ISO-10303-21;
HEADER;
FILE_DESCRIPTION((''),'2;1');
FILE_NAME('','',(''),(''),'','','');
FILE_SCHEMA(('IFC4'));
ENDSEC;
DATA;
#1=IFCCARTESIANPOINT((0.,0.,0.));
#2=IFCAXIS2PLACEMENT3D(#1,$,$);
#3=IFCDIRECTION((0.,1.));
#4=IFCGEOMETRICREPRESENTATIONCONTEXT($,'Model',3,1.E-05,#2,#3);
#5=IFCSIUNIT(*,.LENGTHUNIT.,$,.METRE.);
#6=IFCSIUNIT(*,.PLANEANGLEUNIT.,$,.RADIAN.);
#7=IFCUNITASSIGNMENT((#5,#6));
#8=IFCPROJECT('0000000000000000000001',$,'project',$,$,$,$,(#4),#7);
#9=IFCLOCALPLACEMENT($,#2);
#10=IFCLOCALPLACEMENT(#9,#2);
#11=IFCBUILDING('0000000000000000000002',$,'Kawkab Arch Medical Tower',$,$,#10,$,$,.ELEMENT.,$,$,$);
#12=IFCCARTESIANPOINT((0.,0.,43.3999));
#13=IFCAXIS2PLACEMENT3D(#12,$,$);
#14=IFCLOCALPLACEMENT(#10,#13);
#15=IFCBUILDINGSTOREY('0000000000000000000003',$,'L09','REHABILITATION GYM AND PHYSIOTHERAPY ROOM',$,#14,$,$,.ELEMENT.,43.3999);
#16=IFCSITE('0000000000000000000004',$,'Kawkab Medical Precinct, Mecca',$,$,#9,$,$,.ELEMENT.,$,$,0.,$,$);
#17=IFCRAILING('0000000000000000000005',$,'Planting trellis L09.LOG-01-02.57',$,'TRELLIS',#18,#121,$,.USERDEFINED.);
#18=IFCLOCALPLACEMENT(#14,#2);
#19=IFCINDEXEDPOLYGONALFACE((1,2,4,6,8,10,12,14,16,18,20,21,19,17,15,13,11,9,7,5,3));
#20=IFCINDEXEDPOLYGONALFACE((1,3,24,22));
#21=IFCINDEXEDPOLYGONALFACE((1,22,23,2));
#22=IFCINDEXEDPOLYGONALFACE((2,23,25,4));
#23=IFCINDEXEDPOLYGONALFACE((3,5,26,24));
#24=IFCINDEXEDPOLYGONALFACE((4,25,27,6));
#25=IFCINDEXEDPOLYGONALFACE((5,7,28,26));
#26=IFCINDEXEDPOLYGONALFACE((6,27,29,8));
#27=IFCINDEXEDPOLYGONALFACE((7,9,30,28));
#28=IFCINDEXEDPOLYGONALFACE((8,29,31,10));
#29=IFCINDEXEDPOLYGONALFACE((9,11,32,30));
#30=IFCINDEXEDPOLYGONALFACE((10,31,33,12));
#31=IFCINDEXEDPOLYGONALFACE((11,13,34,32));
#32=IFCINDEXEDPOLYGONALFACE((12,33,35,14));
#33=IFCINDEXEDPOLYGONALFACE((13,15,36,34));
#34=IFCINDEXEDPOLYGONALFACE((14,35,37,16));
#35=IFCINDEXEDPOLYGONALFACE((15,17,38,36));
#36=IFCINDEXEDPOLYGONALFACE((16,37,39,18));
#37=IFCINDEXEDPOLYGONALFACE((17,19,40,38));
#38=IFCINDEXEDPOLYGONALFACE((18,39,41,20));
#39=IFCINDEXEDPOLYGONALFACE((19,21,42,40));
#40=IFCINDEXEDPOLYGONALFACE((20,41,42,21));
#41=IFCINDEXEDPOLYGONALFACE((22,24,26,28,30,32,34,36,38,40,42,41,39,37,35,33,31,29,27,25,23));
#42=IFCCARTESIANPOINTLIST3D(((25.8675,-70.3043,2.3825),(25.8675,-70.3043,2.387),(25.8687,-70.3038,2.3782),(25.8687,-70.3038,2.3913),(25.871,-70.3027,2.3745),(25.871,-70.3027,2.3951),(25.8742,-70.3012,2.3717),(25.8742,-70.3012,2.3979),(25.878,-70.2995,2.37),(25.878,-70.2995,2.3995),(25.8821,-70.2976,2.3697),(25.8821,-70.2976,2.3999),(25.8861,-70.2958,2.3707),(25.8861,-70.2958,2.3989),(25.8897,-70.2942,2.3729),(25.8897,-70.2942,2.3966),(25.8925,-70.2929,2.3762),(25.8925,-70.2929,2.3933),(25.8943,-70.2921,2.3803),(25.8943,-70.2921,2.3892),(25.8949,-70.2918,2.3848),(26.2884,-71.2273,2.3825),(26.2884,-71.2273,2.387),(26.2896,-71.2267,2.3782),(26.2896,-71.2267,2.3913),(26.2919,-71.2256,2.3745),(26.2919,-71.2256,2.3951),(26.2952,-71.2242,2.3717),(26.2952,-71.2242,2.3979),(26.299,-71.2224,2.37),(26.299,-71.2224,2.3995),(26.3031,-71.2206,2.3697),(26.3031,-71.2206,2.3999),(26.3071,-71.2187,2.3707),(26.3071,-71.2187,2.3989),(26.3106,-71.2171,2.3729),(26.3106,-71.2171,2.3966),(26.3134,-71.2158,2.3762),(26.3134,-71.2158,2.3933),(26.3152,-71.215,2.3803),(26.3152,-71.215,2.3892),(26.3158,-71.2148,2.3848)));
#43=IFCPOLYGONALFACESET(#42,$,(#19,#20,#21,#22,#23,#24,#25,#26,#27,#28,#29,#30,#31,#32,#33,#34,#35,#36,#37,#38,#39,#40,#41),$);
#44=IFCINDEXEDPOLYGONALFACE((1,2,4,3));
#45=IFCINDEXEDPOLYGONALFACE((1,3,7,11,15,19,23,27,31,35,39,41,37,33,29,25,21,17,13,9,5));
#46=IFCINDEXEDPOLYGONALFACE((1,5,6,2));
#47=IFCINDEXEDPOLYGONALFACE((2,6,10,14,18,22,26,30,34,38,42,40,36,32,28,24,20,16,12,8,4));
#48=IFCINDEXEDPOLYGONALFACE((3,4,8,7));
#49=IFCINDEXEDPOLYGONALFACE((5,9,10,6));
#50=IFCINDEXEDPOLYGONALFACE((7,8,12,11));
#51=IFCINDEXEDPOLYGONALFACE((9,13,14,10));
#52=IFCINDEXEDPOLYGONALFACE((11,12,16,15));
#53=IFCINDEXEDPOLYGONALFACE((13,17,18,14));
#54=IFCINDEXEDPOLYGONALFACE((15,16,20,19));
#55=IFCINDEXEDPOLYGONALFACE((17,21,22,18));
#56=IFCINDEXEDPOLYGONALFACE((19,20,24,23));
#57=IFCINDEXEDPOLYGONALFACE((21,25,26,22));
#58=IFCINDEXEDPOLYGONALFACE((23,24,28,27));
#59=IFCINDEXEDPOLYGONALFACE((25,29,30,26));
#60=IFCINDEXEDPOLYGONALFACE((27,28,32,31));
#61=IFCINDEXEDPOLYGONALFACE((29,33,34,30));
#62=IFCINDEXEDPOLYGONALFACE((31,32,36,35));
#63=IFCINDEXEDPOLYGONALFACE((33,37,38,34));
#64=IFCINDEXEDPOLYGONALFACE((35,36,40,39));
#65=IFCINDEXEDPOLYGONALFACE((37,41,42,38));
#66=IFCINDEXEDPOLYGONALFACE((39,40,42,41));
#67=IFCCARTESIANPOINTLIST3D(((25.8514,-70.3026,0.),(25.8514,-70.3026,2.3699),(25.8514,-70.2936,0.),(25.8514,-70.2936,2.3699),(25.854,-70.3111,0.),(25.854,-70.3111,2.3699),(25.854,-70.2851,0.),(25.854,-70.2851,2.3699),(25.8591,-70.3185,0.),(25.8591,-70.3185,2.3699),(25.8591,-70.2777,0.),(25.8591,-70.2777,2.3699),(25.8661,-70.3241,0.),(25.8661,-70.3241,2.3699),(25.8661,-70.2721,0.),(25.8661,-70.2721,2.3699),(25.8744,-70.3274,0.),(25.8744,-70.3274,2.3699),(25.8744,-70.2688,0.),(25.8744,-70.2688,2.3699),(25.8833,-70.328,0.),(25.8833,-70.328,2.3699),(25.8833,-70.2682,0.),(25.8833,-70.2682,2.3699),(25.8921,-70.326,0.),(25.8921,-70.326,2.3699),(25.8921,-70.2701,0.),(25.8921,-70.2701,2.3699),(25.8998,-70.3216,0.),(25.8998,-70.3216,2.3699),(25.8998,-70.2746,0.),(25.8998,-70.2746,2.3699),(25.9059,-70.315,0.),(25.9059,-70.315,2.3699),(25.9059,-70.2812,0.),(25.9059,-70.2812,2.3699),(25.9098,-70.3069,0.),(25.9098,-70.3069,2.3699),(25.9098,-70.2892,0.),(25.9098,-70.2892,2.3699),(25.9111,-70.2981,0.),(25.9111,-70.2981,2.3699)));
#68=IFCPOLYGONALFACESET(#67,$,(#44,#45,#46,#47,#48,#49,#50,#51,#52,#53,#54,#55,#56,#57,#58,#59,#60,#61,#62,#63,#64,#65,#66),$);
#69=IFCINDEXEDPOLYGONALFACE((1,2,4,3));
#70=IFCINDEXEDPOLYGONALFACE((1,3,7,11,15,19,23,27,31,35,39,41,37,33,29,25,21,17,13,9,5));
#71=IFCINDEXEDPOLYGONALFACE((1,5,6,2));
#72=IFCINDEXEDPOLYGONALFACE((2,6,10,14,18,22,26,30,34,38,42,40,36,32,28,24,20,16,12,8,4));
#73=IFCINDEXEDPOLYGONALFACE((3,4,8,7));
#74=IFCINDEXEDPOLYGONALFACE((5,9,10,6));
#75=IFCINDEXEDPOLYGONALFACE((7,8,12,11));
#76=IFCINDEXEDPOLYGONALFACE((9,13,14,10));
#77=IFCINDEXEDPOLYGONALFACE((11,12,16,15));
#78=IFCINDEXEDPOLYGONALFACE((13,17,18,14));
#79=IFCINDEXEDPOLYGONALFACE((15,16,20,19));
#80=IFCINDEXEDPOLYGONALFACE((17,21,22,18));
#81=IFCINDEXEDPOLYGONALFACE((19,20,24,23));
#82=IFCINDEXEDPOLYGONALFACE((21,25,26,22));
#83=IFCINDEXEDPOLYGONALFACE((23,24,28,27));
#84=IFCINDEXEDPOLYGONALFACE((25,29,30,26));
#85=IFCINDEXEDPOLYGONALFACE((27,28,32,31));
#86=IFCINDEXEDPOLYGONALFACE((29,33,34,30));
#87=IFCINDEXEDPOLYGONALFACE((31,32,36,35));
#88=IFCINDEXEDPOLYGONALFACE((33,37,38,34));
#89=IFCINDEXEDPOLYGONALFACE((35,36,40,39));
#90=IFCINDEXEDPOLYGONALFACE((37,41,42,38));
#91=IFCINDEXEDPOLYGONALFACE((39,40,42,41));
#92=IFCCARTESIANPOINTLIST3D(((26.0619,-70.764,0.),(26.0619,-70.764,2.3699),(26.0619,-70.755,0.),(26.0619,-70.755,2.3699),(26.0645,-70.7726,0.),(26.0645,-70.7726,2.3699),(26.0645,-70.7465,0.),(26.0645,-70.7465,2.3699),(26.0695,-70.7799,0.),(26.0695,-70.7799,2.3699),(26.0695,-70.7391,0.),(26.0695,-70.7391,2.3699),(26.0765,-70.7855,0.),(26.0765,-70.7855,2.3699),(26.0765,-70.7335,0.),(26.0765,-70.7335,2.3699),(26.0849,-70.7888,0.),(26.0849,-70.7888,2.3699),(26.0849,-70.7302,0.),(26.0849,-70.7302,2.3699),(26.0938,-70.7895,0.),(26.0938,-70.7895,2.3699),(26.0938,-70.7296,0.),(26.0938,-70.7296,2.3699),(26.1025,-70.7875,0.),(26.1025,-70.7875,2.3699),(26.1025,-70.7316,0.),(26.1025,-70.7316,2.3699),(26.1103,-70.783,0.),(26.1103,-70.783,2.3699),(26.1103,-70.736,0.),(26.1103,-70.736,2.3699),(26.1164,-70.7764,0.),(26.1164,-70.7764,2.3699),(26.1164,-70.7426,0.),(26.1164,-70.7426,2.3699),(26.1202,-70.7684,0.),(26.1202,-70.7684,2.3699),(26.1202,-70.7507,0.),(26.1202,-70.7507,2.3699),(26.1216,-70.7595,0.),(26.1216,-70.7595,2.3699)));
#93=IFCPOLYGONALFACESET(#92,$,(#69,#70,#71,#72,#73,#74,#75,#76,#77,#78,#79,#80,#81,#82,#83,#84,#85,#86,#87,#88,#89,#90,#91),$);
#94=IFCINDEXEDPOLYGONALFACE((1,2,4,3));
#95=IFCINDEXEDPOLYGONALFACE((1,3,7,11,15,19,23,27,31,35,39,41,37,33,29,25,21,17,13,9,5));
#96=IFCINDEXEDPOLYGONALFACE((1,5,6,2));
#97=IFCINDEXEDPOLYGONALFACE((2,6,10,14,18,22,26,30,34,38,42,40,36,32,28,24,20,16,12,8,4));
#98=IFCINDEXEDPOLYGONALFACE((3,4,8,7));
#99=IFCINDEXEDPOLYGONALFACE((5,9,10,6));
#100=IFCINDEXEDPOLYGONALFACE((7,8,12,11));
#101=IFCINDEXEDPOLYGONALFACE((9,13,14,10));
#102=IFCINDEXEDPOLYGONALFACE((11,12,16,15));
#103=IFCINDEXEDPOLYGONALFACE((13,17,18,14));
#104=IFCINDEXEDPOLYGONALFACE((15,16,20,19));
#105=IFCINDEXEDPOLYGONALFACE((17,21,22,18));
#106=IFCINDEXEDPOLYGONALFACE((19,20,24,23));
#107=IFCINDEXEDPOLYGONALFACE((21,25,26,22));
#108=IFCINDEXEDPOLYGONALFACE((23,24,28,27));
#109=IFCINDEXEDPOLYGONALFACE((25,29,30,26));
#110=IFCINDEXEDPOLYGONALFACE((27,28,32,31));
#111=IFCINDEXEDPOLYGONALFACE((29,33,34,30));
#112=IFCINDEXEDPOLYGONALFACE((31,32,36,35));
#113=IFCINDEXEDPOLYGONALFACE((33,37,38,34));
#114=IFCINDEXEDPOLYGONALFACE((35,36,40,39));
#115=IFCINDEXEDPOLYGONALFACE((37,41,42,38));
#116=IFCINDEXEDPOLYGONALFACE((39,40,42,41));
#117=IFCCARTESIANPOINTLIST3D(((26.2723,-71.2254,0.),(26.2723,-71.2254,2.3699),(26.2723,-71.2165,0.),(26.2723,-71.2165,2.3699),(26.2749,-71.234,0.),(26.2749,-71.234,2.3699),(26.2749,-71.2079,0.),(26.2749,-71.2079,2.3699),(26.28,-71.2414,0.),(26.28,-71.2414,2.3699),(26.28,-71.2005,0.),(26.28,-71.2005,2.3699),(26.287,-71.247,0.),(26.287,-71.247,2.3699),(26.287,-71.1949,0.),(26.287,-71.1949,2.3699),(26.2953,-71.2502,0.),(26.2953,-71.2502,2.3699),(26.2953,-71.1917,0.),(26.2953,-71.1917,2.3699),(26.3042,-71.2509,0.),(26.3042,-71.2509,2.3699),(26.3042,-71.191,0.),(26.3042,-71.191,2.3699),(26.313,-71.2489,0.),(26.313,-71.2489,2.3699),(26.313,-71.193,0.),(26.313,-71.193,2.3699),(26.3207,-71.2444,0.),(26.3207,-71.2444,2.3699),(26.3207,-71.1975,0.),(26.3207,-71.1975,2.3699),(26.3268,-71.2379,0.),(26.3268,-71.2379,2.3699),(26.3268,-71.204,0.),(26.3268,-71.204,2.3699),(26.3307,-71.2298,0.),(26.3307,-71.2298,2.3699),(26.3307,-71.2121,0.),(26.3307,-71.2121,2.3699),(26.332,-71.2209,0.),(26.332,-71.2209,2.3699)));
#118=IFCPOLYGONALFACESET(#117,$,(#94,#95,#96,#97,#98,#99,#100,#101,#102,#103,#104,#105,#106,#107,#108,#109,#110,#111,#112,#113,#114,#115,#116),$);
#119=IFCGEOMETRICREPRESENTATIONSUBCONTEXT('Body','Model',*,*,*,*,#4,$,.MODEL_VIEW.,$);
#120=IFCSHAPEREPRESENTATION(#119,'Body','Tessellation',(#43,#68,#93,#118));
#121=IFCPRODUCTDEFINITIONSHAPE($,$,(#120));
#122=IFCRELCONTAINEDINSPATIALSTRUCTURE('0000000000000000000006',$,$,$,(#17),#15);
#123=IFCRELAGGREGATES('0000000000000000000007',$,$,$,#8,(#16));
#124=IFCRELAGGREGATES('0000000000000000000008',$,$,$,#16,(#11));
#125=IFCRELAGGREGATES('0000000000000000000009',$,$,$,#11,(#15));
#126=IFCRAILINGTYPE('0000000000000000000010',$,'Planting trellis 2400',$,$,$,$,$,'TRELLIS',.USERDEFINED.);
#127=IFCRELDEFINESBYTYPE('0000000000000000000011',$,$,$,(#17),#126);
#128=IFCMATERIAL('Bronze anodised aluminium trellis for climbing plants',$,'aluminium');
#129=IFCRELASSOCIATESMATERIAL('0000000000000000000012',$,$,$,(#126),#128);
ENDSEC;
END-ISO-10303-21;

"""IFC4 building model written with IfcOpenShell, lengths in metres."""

from ifc_helpers import new_model, si_unit, direction, frame, origin, origin_2d, place, context, subcontext, project, spatial, circle, extrude, material, type_object, element, save


model = new_model("IFC4")

# Units and contexts
model_context = context("Model", 3, precision=1e-05, world=origin(), true_north=direction((0.0, 1.0)))
body_context = subcontext(model_context, "Body", "Model", "MODEL_VIEW")
ifc_project = project(units=[si_unit("LENGTHUNIT", "METRE"), si_unit("PLANEANGLEUNIT", "RADIAN")], contexts=[model_context])

# Site, building, storey
site_placement = place(None, origin())
site = spatial("IfcSite", under=ifc_project, at=site_placement, Name="Kawkab Medical Precinct, Mecca", CompositionType="ELEMENT", RefElevation=0.0)
building_placement = place(site_placement, origin())
building = spatial("IfcBuilding", under=site, at=building_placement, Name="Kawkab Arch Medical Tower", CompositionType="ELEMENT")
storey_placement = place(building_placement, frame((0.0, 0.0, 43.3999)))
storey = spatial("IfcBuildingStorey", under=building, at=storey_placement, Name="L09", Description="REHABILITATION GYM AND PHYSIOTHERAPY ROOM", CompositionType="ELEMENT", Elevation=43.3999)

# Railing
ifc_material_1 = material(Name="Bronze anodised aluminium trellis for climbing plants", Category="aluminium")
railing_type = type_object("IfcRailingType", Name="Planting trellis 2400", ElementType="TRELLIS", PredefinedType="USERDEFINED", material=ifc_material_1)
railing_1_placement = place(storey_placement, frame((25.8811, -70.2981, 0.0)))
element("IfcRailing", 1, at=railing_1_placement, inside=storey, type_object=railing_type, Name="Planting trellis L09.LOG-01-02.57", ObjectType="TRELLIS", PredefinedType="USERDEFINED", context=body_context, shape_type="SweptSolid", body=[
    extrude(circle(Radius=0.0151, at=origin_2d()), frame((0.0, 0.0, 2.3848), z_axis=(0.414963, -0.909838, 0.0), x_axis=(0.909838, 0.414963, 0.0)), (0.0, 0.0, 1.0), 1.0144),
    extrude(circle(Radius=0.03, at=origin_2d()), origin(), (0.0, 0.0, 1.0), 2.3699),
    extrude(circle(Radius=0.03, at=origin_2d()), frame((0.2104, -0.4614, 0.0)), (0.0, 0.0, 1.0), 2.3699),
    extrude(circle(Radius=0.03, at=origin_2d()), frame((0.4209, -0.9229, 0.0)), (0.0, 0.0, 1.0), 2.3699),
])

save(model, "model.ifc")
